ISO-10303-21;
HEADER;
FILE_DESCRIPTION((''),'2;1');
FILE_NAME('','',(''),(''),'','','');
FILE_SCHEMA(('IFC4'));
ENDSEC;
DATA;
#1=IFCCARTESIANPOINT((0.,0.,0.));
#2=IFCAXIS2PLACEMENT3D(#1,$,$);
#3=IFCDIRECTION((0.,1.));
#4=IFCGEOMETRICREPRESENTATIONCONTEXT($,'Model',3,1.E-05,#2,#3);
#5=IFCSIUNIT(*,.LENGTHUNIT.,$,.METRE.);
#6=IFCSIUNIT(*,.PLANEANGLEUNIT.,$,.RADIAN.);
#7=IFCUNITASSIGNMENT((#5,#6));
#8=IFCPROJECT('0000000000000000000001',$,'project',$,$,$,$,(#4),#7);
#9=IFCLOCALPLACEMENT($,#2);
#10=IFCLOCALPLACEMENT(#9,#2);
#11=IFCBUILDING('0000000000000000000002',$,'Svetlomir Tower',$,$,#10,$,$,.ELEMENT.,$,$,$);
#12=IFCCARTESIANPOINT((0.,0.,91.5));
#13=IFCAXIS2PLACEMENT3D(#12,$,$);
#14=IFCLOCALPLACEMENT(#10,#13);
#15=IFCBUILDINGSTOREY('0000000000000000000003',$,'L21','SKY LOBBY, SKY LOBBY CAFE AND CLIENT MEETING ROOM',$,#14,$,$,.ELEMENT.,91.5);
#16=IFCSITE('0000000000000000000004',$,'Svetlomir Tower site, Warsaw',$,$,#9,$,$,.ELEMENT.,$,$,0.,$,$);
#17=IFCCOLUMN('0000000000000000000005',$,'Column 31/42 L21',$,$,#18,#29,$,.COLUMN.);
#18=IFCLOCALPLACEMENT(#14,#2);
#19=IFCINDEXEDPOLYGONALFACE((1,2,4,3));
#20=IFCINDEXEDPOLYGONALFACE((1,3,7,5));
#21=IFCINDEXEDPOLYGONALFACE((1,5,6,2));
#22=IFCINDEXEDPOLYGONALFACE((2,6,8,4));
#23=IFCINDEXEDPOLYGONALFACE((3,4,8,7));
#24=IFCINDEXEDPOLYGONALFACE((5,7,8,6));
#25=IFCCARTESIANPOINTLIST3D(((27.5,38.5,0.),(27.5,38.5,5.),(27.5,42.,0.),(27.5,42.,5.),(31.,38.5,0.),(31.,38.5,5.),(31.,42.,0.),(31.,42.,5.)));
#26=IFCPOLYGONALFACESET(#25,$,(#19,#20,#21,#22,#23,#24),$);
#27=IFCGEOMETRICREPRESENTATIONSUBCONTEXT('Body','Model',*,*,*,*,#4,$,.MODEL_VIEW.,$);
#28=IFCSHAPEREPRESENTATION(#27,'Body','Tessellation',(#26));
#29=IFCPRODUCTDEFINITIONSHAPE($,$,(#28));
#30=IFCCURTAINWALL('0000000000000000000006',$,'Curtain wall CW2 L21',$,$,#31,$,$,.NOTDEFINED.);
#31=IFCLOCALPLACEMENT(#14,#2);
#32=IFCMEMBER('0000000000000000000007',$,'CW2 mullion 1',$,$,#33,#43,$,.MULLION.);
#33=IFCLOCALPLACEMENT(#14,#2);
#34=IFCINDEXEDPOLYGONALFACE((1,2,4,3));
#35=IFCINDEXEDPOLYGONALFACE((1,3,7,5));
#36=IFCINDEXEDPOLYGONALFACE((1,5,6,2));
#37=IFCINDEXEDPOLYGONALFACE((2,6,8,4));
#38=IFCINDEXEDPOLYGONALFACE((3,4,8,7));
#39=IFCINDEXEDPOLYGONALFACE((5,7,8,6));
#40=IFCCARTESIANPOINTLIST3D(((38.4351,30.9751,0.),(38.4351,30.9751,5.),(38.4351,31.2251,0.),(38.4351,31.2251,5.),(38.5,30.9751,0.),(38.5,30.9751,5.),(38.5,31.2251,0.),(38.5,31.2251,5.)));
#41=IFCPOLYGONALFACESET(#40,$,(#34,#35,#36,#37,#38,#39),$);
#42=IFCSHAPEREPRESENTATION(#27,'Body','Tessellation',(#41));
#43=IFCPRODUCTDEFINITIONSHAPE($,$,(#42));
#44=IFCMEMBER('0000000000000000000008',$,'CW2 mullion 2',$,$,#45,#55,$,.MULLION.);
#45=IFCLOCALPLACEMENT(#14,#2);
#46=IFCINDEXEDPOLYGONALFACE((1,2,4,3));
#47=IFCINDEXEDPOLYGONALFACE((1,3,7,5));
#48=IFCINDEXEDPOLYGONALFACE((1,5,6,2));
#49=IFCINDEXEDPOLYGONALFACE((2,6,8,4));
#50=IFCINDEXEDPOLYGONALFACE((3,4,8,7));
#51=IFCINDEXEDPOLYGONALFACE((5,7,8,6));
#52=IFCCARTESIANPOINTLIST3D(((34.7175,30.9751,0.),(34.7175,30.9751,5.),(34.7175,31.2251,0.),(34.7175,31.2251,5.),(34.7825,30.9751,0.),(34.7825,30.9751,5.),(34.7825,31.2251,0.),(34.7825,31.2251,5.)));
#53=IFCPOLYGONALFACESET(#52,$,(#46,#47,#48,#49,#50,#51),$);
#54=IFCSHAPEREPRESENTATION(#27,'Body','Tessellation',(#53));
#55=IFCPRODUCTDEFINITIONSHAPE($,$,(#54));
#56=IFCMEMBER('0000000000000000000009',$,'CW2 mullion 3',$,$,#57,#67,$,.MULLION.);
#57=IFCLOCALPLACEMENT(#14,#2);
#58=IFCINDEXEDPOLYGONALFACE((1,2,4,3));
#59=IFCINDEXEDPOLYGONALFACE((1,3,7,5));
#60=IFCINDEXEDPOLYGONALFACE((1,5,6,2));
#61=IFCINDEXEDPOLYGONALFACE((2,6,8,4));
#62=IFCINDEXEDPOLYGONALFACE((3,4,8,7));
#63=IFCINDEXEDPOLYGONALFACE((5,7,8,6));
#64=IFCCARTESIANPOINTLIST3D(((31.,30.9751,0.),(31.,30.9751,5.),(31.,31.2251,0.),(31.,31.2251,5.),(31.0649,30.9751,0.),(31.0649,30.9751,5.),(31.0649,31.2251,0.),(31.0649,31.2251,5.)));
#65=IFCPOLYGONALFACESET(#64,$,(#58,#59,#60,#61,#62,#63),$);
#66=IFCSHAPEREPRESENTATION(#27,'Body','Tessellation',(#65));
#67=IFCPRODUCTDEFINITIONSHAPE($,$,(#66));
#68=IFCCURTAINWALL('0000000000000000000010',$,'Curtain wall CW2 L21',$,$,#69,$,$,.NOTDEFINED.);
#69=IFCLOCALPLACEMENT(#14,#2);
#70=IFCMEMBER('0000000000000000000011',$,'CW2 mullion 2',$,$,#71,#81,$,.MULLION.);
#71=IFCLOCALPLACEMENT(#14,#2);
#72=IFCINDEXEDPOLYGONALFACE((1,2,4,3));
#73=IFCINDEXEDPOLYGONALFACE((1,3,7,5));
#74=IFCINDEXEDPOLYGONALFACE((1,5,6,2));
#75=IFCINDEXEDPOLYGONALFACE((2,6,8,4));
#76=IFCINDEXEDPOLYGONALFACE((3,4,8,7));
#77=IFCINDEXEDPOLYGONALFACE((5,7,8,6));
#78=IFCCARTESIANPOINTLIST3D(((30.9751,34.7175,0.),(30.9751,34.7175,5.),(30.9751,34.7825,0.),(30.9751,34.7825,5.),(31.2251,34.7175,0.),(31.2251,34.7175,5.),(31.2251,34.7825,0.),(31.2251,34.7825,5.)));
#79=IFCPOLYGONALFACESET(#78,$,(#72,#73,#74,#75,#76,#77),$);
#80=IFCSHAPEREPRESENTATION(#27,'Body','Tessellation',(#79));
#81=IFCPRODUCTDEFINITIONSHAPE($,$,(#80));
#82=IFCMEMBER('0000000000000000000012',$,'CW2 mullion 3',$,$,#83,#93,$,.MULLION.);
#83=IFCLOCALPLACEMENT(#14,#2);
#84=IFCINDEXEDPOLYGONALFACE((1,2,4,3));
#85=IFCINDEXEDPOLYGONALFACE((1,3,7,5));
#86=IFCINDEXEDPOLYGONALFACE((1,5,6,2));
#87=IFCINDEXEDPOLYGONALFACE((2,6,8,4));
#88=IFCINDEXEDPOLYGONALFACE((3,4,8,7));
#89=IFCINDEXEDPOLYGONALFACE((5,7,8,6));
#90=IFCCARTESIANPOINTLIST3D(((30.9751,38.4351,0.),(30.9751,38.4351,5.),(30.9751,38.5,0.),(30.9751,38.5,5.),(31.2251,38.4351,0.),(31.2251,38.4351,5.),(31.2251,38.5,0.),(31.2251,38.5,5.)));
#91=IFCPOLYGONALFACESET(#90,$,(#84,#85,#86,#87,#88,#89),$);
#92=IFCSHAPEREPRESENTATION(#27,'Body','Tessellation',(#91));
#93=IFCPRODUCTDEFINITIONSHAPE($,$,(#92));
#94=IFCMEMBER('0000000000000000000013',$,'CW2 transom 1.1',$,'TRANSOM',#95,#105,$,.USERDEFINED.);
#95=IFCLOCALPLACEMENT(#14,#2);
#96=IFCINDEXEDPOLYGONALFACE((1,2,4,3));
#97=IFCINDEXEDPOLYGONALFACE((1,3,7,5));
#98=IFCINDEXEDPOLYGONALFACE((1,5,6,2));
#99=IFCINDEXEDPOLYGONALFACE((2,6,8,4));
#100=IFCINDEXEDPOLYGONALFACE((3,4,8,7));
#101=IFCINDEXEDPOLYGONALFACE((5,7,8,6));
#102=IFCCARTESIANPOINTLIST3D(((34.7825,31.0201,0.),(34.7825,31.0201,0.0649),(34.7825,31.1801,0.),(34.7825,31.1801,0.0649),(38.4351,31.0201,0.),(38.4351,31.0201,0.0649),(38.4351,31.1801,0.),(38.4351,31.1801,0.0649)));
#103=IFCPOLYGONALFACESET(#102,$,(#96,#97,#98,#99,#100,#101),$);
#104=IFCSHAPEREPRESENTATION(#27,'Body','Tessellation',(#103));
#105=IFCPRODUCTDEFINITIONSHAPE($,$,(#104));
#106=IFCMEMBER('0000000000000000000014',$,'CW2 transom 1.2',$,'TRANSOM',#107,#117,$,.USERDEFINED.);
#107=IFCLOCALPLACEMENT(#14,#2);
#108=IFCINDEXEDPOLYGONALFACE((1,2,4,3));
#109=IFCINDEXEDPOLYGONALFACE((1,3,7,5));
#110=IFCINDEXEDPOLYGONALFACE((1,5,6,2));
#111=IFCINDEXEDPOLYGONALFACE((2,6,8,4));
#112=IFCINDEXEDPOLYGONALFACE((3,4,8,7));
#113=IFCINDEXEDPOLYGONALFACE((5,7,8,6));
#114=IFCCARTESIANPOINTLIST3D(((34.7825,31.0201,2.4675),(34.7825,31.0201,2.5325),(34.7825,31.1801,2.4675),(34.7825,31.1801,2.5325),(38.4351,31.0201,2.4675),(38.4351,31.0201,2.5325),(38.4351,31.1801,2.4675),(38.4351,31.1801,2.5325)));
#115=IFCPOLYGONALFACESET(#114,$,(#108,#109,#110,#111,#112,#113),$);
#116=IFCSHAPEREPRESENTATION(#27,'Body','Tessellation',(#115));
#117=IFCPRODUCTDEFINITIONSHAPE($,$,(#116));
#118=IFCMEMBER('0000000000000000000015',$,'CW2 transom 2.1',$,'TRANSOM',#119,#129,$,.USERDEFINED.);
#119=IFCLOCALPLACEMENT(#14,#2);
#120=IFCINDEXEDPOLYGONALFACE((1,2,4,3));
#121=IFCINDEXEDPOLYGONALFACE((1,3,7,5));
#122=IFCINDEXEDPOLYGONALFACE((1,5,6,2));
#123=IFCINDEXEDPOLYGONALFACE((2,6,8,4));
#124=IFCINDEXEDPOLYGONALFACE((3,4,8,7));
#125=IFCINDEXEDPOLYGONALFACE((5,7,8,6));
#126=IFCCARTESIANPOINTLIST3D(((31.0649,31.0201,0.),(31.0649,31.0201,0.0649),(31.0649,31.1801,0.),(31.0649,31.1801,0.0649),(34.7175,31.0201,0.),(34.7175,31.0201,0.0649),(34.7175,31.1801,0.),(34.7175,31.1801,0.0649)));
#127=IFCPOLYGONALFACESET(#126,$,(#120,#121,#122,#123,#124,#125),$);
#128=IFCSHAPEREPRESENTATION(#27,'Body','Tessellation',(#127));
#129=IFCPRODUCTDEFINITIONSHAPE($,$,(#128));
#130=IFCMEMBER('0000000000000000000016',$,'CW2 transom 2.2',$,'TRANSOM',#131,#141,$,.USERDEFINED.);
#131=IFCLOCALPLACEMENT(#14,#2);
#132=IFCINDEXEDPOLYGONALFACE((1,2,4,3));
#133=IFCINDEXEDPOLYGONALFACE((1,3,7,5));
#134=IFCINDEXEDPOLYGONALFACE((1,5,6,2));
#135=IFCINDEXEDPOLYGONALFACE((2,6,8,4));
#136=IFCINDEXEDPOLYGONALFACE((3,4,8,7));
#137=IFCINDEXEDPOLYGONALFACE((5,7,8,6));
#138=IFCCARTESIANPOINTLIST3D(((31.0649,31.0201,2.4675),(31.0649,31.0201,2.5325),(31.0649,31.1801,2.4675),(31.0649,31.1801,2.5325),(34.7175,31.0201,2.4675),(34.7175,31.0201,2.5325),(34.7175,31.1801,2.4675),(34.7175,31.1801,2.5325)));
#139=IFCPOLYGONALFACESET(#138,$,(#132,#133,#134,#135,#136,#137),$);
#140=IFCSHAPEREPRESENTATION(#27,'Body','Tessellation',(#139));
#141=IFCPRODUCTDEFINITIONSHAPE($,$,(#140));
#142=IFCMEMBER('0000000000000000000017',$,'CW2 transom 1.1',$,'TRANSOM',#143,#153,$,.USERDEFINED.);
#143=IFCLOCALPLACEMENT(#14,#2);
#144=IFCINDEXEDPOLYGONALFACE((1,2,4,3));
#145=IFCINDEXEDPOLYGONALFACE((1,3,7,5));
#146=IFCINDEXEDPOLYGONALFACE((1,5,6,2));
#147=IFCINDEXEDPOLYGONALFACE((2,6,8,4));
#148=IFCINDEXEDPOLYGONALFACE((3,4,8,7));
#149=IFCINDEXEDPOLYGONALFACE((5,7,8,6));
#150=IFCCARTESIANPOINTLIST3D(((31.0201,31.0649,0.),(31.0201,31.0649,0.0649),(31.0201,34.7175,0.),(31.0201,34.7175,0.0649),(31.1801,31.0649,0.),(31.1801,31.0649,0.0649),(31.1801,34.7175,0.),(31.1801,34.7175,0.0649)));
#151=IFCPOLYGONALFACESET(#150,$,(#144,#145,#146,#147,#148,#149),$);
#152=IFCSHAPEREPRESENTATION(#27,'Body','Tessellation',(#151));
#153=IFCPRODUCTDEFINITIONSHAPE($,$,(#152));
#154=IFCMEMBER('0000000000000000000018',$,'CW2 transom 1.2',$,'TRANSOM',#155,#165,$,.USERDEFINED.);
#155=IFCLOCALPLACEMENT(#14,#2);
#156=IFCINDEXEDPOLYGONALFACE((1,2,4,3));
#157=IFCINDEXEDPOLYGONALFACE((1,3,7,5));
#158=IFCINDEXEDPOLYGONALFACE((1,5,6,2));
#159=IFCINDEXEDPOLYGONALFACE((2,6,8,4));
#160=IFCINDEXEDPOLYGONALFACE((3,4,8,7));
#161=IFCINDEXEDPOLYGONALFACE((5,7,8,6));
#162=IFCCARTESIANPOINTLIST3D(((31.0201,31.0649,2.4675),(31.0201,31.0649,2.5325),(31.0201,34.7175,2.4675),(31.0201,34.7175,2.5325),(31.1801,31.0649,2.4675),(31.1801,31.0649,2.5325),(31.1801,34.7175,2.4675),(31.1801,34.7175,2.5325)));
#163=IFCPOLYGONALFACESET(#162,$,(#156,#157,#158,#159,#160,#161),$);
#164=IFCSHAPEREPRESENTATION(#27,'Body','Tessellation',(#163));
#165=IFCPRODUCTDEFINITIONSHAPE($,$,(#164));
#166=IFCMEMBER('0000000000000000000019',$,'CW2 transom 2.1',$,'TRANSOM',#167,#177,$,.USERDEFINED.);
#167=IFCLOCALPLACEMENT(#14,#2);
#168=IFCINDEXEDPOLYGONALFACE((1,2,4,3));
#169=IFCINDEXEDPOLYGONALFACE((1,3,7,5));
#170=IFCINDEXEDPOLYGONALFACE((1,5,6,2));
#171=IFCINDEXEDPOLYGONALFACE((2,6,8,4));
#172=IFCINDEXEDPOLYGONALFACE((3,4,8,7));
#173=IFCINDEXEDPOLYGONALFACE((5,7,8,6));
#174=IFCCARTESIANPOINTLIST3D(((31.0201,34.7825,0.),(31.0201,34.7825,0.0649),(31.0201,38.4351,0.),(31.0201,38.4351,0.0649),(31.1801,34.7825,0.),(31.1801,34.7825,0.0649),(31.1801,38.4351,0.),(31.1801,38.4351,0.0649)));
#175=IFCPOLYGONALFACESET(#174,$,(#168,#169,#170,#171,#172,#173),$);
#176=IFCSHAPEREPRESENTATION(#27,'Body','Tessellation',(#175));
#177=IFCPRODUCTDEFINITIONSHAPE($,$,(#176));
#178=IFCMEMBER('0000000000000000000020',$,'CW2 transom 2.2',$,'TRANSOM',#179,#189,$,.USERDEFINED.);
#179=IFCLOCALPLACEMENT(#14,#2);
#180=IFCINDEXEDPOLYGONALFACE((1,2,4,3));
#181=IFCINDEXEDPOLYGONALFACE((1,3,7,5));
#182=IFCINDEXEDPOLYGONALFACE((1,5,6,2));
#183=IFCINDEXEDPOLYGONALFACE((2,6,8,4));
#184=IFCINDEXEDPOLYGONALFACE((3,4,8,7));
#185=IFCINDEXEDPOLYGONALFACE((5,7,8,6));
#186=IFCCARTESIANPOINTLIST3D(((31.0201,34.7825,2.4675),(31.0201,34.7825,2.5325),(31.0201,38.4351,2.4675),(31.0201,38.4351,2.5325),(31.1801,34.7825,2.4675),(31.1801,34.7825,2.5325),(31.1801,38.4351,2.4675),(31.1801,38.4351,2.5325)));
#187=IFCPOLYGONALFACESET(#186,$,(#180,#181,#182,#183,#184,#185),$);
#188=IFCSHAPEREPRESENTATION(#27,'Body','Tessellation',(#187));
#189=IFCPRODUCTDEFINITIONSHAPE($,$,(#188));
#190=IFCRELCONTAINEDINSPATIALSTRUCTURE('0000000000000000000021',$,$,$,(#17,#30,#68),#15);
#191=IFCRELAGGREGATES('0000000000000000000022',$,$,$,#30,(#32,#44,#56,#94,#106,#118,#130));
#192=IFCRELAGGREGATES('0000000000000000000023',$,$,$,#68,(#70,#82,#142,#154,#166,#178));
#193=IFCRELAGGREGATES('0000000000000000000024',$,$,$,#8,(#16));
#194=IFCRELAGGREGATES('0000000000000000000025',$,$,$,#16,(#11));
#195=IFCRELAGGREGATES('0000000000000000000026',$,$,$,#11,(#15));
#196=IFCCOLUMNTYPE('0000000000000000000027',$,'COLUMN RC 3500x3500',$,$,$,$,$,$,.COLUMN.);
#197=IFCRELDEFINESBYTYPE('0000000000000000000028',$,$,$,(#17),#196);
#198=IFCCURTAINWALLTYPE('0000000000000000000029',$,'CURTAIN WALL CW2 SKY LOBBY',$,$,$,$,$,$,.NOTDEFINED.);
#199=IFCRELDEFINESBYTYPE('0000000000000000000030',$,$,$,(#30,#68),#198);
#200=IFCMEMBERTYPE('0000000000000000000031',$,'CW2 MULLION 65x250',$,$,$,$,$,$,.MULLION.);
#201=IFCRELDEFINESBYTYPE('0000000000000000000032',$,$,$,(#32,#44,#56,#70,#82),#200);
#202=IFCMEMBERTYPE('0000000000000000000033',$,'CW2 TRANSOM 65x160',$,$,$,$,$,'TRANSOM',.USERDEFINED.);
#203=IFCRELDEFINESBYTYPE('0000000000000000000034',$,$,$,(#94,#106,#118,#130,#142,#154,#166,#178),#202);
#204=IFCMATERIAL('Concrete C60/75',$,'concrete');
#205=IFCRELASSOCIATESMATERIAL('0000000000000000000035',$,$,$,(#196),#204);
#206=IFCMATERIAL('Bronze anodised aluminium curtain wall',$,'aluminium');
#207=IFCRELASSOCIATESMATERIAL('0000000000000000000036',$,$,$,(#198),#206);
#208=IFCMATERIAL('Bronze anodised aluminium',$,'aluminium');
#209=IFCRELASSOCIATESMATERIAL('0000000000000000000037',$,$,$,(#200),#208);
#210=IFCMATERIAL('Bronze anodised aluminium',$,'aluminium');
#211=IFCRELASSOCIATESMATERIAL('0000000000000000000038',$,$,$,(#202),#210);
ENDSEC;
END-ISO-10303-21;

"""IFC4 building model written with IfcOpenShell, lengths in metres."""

from ifc_helpers import new_model, si_unit, direction, frame, origin, origin_2d, place, context, subcontext, project, spatial, rectangle, extrude, material, material_profile, profile_set, type_object, element, aggregate, save


model = new_model("IFC4")

# Units and contexts
model_context = context("Model", 3, precision=1e-05, world=origin(), true_north=direction((0.0, 1.0)))
body_context = subcontext(model_context, "Body", "Model", "MODEL_VIEW")
ifc_project = project(units=[si_unit("LENGTHUNIT", "METRE"), si_unit("PLANEANGLEUNIT", "RADIAN")], contexts=[model_context])

# Site, building, storey
site_placement = place(None, origin())
site = spatial("IfcSite", under=ifc_project, at=site_placement, Name="Svetlomir Tower site, Warsaw", CompositionType="ELEMENT", RefElevation=0.0)
building_placement = place(site_placement, origin())
building = spatial("IfcBuilding", under=site, at=building_placement, Name="Svetlomir Tower", CompositionType="ELEMENT")
storey_placement = place(building_placement, frame((0.0, 0.0, 91.5)))
storey = spatial("IfcBuildingStorey", under=building, at=storey_placement, Name="L21", Description="SKY LOBBY, SKY LOBBY CAFE AND CLIENT MEETING ROOM", CompositionType="ELEMENT", Elevation=91.5)

# Column
ifc_material_1 = material(Name="Concrete C60/75", Category="concrete")
ifc_material_profile_1 = material_profile(ifc_material_1, rectangle(XDim=3.5, YDim=3.5, at=origin_2d()), Name="RC 3500x3500")
ifc_profile_set_1 = profile_set([ifc_material_profile_1], Name="Concrete C60/75")
column_type = type_object("IfcColumnType", Name="COLUMN RC 3500x3500", PredefinedType="COLUMN", material=ifc_profile_set_1)
column_placement = place(storey_placement, frame((29.25, 40.25, 0.0), z_axis=(0.0, 0.0, 1.0), x_axis=(1.0, 0.0, 0.0)))
element("IfcColumn", 1, at=column_placement, inside=storey, type_object=column_type, Name="Column 31/42 L21", PredefinedType="COLUMN", context=body_context, shape_type="SweptSolid", body=[
    extrude(rectangle(XDim=3.5, YDim=3.5, at=origin_2d()), origin(), (0.0, 0.0, 1.0), 5.0),
])

# Curtain walls, members
ifc_material_2 = material(Name="Bronze anodised aluminium curtain wall", Category="aluminium")
curtain_wall_type = type_object("IfcCurtainWallType", Name="CURTAIN WALL CW2 SKY LOBBY", PredefinedType="NOTDEFINED", material=ifc_material_2)
curtain_wall_1_placement = place(storey_placement, origin())
curtain_wall_1 = element("IfcCurtainWall", 2, at=curtain_wall_1_placement, inside=storey, type_object=curtain_wall_type, Name="Curtain wall CW2 L21", PredefinedType="NOTDEFINED")
ifc_material_3 = material(Name="Bronze anodised aluminium", Category="aluminium")
ifc_material_profile_2 = material_profile(ifc_material_3, rectangle(XDim=0.0649, YDim=0.25, at=origin_2d()), Name="AL 65x250")
ifc_profile_set_2 = profile_set([ifc_material_profile_2], Name="Bronze anodised aluminium 6063-T6")
member_type_1 = type_object("IfcMemberType", Name="CW2 MULLION 65x250", PredefinedType="MULLION", material=ifc_profile_set_2)
member_1_placement = place(storey_placement, frame((38.4675, 31.1001, 0.0), z_axis=(0.0, 0.0, 1.0), x_axis=(-1.0, 0.0, 0.0)))
member_1 = element("IfcMember", 3, at=member_1_placement, type_object=member_type_1, Name="CW2 mullion 1", PredefinedType="MULLION", context=body_context, shape_type="SweptSolid", body=[
    extrude(rectangle(XDim=0.0649, YDim=0.25, at=origin_2d()), origin(), (0.0, 0.0, 1.0), 5.0),
])
member_2_placement = place(storey_placement, frame((34.75, 31.1001, 0.0), z_axis=(0.0, 0.0, 1.0), x_axis=(-1.0, 0.0, 0.0)))
member_2 = element("IfcMember", 4, at=member_2_placement, type_object=member_type_1, Name="CW2 mullion 2", PredefinedType="MULLION", context=body_context, shape_type="SweptSolid", body=[
    extrude(rectangle(XDim=0.0649, YDim=0.25, at=origin_2d()), origin(), (0.0, 0.0, 1.0), 5.0),
])
member_3_placement = place(storey_placement, frame((31.0325, 31.1001, 0.0), z_axis=(0.0, 0.0, 1.0), x_axis=(-1.0, 0.0, 0.0)))
member_3 = element("IfcMember", 5, at=member_3_placement, type_object=member_type_1, Name="CW2 mullion 3", PredefinedType="MULLION", context=body_context, shape_type="SweptSolid", body=[
    extrude(rectangle(XDim=0.0649, YDim=0.25, at=origin_2d()), origin(), (0.0, 0.0, 1.0), 5.0),
])
curtain_wall_2_placement = place(storey_placement, origin())
curtain_wall_2 = element("IfcCurtainWall", 6, at=curtain_wall_2_placement, inside=storey, type_object=curtain_wall_type, Name="Curtain wall CW2 L21", PredefinedType="NOTDEFINED")
member_4_placement = place(storey_placement, frame((31.1001, 34.75, 0.0), z_axis=(0.0, 0.0, 1.0), x_axis=(0.0, 1.0, 0.0)))
member_4 = element("IfcMember", 7, at=member_4_placement, type_object=member_type_1, Name="CW2 mullion 2", PredefinedType="MULLION", context=body_context, shape_type="SweptSolid", body=[
    extrude(rectangle(XDim=0.0649, YDim=0.25, at=origin_2d()), origin(), (0.0, 0.0, 1.0), 5.0),
])
member_5_placement = place(storey_placement, frame((31.1001, 38.4675, 0.0), z_axis=(0.0, 0.0, 1.0), x_axis=(0.0, 1.0, 0.0)))
member_5 = element("IfcMember", 8, at=member_5_placement, type_object=member_type_1, Name="CW2 mullion 3", PredefinedType="MULLION", context=body_context, shape_type="SweptSolid", body=[
    extrude(rectangle(XDim=0.0649, YDim=0.25, at=origin_2d()), origin(), (0.0, 0.0, 1.0), 5.0),
])

# Members
ifc_material_4 = material(Name="Bronze anodised aluminium", Category="aluminium")
ifc_material_profile_3 = material_profile(ifc_material_4, rectangle(XDim=0.1599, YDim=0.0649, at=origin_2d()), Name="AL 160x65")
ifc_profile_set_3 = profile_set([ifc_material_profile_3], Name="Bronze anodised aluminium 6063-T6")
member_type_2 = type_object("IfcMemberType", Name="CW2 TRANSOM 65x160", ElementType="TRANSOM", PredefinedType="USERDEFINED", material=ifc_profile_set_3)
member_6_placement = place(storey_placement, frame((38.4351, 31.1001, 0.0325), z_axis=(-1.0, 0.0, 0.0), x_axis=(0.0, -1.0, 0.0)))
member_6 = element("IfcMember", 9, at=member_6_placement, type_object=member_type_2, Name="CW2 transom 1.1", ObjectType="TRANSOM", PredefinedType="USERDEFINED", context=body_context, shape_type="SweptSolid", body=[
    extrude(rectangle(XDim=0.1599, YDim=0.0649, at=origin_2d()), origin(), (0.0, 0.0, 1.0), 3.6526),
])
member_7_placement = place(storey_placement, frame((38.4351, 31.1001, 2.5), z_axis=(-1.0, 0.0, 0.0), x_axis=(0.0, -1.0, 0.0)))
member_7 = element("IfcMember", 10, at=member_7_placement, type_object=member_type_2, Name="CW2 transom 1.2", ObjectType="TRANSOM", PredefinedType="USERDEFINED", context=body_context, shape_type="SweptSolid", body=[
    extrude(rectangle(XDim=0.1599, YDim=0.0649, at=origin_2d()), origin(), (0.0, 0.0, 1.0), 3.6526),
])
member_8_placement = place(storey_placement, frame((34.7175, 31.1001, 0.0325), z_axis=(-1.0, 0.0, 0.0), x_axis=(0.0, -1.0, 0.0)))
member_8 = element("IfcMember", 11, at=member_8_placement, type_object=member_type_2, Name="CW2 transom 2.1", ObjectType="TRANSOM", PredefinedType="USERDEFINED", context=body_context, shape_type="SweptSolid", body=[
    extrude(rectangle(XDim=0.1599, YDim=0.0649, at=origin_2d()), origin(), (0.0, 0.0, 1.0), 3.6526),
])
member_9_placement = place(storey_placement, frame((34.7175, 31.1001, 2.5), z_axis=(-1.0, 0.0, 0.0), x_axis=(0.0, -1.0, 0.0)))
member_9 = element("IfcMember", 12, at=member_9_placement, type_object=member_type_2, Name="CW2 transom 2.2", ObjectType="TRANSOM", PredefinedType="USERDEFINED", context=body_context, shape_type="SweptSolid", body=[
    extrude(rectangle(XDim=0.1599, YDim=0.0649, at=origin_2d()), origin(), (0.0, 0.0, 1.0), 3.6526),
])
member_10_placement = place(storey_placement, frame((31.1001, 31.0649, 0.0325), z_axis=(0.0, 1.0, 0.0), x_axis=(-1.0, 0.0, 0.0)))
member_10 = element("IfcMember", 13, at=member_10_placement, type_object=member_type_2, Name="CW2 transom 1.1", ObjectType="TRANSOM", PredefinedType="USERDEFINED", context=body_context, shape_type="SweptSolid", body=[
    extrude(rectangle(XDim=0.1599, YDim=0.0649, at=origin_2d()), origin(), (0.0, 0.0, 1.0), 3.6526),
])
member_11_placement = place(storey_placement, frame((31.1001, 31.0649, 2.5), z_axis=(0.0, 1.0, 0.0), x_axis=(-1.0, 0.0, 0.0)))
member_11 = element("IfcMember", 14, at=member_11_placement, type_object=member_type_2, Name="CW2 transom 1.2", ObjectType="TRANSOM", PredefinedType="USERDEFINED", context=body_context, shape_type="SweptSolid", body=[
    extrude(rectangle(XDim=0.1599, YDim=0.0649, at=origin_2d()), origin(), (0.0, 0.0, 1.0), 3.6526),
])
member_12_placement = place(storey_placement, frame((31.1001, 34.7825, 0.0325), z_axis=(0.0, 1.0, 0.0), x_axis=(-1.0, 0.0, 0.0)))
member_12 = element("IfcMember", 15, at=member_12_placement, type_object=member_type_2, Name="CW2 transom 2.1", ObjectType="TRANSOM", PredefinedType="USERDEFINED", context=body_context, shape_type="SweptSolid", body=[
    extrude(rectangle(XDim=0.1599, YDim=0.0649, at=origin_2d()), origin(), (0.0, 0.0, 1.0), 3.6526),
])
member_13_placement = place(storey_placement, frame((31.1001, 34.7825, 2.5), z_axis=(0.0, 1.0, 0.0), x_axis=(-1.0, 0.0, 0.0)))
member_13 = element("IfcMember", 16, at=member_13_placement, type_object=member_type_2, Name="CW2 transom 2.2", ObjectType="TRANSOM", PredefinedType="USERDEFINED", context=body_context, shape_type="SweptSolid", body=[
    extrude(rectangle(XDim=0.1599, YDim=0.0649, at=origin_2d()), origin(), (0.0, 0.0, 1.0), 3.6526),
])

aggregate(curtain_wall_1, [member_1, member_2, member_3, member_6, member_7, member_8, member_9])
aggregate(curtain_wall_2, [member_4, member_5, member_10, member_11, member_12, member_13])

save(model, "model.ifc")
